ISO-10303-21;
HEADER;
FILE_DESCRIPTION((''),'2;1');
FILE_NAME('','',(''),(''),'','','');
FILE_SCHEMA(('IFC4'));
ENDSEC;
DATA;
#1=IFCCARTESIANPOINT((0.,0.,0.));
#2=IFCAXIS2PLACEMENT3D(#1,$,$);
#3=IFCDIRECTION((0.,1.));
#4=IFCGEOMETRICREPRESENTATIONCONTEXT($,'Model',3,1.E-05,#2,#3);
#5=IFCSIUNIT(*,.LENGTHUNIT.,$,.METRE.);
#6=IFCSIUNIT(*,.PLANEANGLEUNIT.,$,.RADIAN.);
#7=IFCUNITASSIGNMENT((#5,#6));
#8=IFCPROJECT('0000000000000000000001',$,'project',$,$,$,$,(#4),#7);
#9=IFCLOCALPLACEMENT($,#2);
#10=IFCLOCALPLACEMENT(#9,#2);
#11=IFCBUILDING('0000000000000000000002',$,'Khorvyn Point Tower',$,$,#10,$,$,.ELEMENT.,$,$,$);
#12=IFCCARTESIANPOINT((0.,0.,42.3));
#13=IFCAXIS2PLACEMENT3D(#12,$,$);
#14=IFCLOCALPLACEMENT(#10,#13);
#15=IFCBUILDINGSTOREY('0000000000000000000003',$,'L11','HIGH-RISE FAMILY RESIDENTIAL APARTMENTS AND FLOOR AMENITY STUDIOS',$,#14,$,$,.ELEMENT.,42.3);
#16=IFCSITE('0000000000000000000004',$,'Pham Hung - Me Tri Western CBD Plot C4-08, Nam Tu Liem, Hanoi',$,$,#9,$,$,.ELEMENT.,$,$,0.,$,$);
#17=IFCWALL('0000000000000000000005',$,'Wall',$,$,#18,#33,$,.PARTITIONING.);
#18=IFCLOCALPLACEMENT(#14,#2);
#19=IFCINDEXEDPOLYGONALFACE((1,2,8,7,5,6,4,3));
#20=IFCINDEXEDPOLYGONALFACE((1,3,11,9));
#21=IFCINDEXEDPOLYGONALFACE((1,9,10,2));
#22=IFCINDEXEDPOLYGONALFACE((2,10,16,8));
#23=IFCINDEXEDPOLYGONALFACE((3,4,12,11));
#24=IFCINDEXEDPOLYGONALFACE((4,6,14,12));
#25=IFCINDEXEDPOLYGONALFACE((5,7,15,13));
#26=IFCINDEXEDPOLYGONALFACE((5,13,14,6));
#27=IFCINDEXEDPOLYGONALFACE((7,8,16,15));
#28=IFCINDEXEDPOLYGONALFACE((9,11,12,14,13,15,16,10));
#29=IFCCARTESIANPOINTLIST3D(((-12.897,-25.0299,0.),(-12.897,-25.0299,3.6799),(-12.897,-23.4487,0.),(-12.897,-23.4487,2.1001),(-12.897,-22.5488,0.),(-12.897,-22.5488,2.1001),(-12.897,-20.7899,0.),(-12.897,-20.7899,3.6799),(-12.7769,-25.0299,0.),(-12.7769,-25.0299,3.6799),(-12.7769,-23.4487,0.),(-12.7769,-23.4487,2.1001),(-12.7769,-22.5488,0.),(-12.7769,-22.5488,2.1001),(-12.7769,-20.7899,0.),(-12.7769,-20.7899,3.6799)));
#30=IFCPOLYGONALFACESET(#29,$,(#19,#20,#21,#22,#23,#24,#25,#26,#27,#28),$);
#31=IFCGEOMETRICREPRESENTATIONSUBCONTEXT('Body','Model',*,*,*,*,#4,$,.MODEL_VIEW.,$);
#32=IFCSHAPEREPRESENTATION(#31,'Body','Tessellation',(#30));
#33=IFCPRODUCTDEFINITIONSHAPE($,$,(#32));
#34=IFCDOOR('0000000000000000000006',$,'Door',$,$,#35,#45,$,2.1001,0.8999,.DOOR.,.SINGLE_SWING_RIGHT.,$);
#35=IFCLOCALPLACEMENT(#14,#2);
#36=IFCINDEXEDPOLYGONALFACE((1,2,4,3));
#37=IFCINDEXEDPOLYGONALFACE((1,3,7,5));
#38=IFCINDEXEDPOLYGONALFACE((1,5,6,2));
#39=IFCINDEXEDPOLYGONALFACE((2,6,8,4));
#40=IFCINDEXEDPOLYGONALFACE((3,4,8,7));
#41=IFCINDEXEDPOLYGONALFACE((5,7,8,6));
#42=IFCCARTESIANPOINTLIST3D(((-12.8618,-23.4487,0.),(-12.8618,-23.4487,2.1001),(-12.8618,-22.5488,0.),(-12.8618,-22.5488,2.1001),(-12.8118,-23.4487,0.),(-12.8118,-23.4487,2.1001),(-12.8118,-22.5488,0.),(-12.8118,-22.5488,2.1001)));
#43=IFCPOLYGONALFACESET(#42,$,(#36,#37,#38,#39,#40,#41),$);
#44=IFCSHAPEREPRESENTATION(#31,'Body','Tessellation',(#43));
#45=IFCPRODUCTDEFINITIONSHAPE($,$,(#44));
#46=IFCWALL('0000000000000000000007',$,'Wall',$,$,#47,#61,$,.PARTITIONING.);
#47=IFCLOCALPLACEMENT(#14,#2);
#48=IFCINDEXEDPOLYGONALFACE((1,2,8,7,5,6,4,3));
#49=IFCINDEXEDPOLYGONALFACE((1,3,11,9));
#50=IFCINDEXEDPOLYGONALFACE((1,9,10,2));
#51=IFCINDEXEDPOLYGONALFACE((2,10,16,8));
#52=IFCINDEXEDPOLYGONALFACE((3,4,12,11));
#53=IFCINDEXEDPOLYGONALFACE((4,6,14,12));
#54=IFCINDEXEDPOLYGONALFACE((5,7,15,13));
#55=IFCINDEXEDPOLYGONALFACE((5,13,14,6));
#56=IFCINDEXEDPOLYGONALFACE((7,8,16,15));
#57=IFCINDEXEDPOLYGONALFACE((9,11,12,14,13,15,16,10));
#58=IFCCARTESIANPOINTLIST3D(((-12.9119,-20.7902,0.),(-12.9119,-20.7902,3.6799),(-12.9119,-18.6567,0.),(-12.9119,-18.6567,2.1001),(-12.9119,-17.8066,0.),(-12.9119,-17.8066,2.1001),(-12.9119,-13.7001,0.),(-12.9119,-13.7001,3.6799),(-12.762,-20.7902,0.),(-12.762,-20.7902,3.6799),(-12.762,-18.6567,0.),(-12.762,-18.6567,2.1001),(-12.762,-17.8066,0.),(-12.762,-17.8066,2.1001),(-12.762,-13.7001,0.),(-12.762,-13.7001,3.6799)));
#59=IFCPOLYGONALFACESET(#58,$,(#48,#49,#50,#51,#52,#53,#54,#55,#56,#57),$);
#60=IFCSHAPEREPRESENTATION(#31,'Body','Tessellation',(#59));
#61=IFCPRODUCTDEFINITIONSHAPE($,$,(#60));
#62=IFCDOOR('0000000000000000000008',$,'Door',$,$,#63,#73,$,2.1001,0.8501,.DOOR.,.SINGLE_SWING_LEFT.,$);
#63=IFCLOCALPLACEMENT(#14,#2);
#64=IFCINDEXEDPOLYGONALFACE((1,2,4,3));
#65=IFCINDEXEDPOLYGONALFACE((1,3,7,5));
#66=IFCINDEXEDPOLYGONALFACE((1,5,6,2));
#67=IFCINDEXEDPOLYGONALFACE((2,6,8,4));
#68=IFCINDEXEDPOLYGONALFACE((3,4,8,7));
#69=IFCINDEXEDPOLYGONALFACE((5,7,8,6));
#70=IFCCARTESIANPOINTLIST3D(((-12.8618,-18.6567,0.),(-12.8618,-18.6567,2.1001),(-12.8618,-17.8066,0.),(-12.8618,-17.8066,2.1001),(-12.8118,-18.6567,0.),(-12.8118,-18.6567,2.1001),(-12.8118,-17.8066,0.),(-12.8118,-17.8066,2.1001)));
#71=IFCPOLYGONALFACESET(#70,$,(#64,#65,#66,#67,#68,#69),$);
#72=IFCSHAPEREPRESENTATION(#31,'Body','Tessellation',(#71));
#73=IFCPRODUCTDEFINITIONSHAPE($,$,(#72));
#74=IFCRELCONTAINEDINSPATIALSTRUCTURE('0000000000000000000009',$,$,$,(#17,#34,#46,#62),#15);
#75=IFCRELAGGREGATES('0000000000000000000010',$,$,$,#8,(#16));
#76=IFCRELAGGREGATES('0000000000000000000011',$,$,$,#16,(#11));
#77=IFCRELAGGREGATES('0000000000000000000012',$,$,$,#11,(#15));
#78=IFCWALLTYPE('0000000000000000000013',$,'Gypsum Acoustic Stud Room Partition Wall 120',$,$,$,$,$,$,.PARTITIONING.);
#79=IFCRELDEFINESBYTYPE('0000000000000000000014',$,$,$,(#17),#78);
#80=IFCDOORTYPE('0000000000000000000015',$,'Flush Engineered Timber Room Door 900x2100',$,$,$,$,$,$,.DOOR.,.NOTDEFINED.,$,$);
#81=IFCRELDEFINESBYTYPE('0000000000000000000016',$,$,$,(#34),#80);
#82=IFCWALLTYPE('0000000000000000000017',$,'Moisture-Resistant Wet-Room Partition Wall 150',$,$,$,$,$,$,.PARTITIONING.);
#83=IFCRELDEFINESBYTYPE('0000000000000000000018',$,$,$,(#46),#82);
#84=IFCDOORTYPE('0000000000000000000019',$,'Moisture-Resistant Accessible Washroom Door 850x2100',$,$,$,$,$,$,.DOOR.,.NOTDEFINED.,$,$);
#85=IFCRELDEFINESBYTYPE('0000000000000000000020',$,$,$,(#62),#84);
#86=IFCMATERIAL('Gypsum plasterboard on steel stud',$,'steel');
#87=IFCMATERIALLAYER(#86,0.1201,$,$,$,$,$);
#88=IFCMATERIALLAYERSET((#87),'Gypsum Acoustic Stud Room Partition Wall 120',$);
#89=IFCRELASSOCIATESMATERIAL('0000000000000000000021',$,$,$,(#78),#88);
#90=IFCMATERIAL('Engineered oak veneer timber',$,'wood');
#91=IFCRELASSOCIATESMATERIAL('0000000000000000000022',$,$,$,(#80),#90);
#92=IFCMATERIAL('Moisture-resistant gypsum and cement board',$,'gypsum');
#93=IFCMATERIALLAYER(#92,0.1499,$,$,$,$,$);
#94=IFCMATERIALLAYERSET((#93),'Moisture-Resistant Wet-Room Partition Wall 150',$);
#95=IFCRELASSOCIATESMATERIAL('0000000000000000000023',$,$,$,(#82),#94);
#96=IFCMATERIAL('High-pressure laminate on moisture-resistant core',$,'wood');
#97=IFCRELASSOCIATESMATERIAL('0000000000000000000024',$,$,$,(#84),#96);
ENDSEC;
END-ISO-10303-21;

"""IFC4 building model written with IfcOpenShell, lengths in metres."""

from ifc_helpers import new_model, si_unit, direction, frame, frame_2d, origin, place, context, subcontext, project, spatial, rectangle, extrude, material, layer, layer_set, type_object, element, fill, save


model = new_model("IFC4")

# Units and contexts
model_context = context("Model", 3, precision=1e-05, world=origin(), true_north=direction((0.0, 1.0)))
body_context = subcontext(model_context, "Body", "Model", "MODEL_VIEW")
ifc_project = project(units=[si_unit("LENGTHUNIT", "METRE"), si_unit("PLANEANGLEUNIT", "RADIAN")], contexts=[model_context])

# Site, building, storey
site_placement = place(None, origin())
site = spatial("IfcSite", under=ifc_project, at=site_placement, Name="Pham Hung - Me Tri Western CBD Plot C4-08, Nam Tu Liem, Hanoi", CompositionType="ELEMENT", RefElevation=0.0)
building_placement = place(site_placement, origin())
building = spatial("IfcBuilding", under=site, at=building_placement, Name="Khorvyn Point Tower", CompositionType="ELEMENT")
storey_placement = place(building_placement, frame((0.0, 0.0, 42.3)))
storey = spatial("IfcBuildingStorey", under=building, at=storey_placement, Name="L11", Description="HIGH-RISE FAMILY RESIDENTIAL APARTMENTS AND FLOOR AMENITY STUDIOS", CompositionType="ELEMENT", Elevation=42.3)

# Walls, openings, doors
ifc_material_1 = material(Name="Gypsum plasterboard on steel stud", Category="steel")
ifc_layer_1 = layer(ifc_material_1, 0.1201)
ifc_layer_set_1 = layer_set([ifc_layer_1], Name="Gypsum Acoustic Stud Room Partition Wall 120")
wall_type_1 = type_object("IfcWallType", Name="Gypsum Acoustic Stud Room Partition Wall 120", PredefinedType="PARTITIONING", material=ifc_layer_set_1)
ifc_material_2 = material(Name="Engineered oak veneer timber", Category="wood")
door_type_1 = type_object("IfcDoorType", Name="Flush Engineered Timber Room Door 900x2100", OperationType="NOTDEFINED", PredefinedType="DOOR", material=ifc_material_2)
wall_1_placement = place(storey_placement, frame((-12.8369, -25.03, 0.0), z_axis=(0.0, 0.0, 1.0), x_axis=(0.0, 1.0, 0.0)))
wall_1 = element("IfcWall", 1, at=wall_1_placement, inside=storey, type_object=wall_type_1, Name="Wall", PredefinedType="PARTITIONING", context=body_context, shape_type="SweptSolid", body=[
    extrude(rectangle(XDim=4.24, YDim=0.1201, at=frame_2d((2.1201, 0.0))), origin(), (0.0, 0.0, 1.0), 3.6799),
])
opening_1_placement = place(wall_1_placement, frame((1.5813, 0.0, 0.0)))
opening_1 = element("IfcOpeningElement", 2, at=opening_1_placement, cuts=wall_1, PredefinedType="OPENING", context=body_context, shape_type="SweptSolid", body=[
    extrude(rectangle(XDim=0.8999, YDim=2.1001, at=frame_2d((0.45, 1.05))), frame((0.0, 0.0701, 0.0), z_axis=(0.0, -1.0, 0.0), x_axis=(1.0, 0.0, 0.0)), (0.0, 0.0, 1.0), 0.1401),
])
door_1_placement = place(opening_1_placement, origin())
door_1 = element("IfcDoor", 3, at=door_1_placement, inside=storey, type_object=door_type_1, Name="Door", OperationType="SINGLE_SWING_RIGHT", OverallHeight=2.1001, OverallWidth=0.8999, PredefinedType="DOOR", context=body_context, shape_type="SweptSolid", body=[
    extrude(rectangle(XDim=0.8999, YDim=2.1001, at=frame_2d((0.45, 1.05))), frame((0.0, 0.0249, 0.0), z_axis=(0.0, -1.0, 0.0), x_axis=(1.0, 0.0, 0.0)), (0.0, 0.0, 1.0), 0.05),
])
fill(opening_1, door_1)
ifc_material_3 = material(Name="Moisture-resistant gypsum and cement board", Category="gypsum")
ifc_layer_2 = layer(ifc_material_3, 0.1499)
ifc_layer_set_2 = layer_set([ifc_layer_2], Name="Moisture-Resistant Wet-Room Partition Wall 150")
wall_type_2 = type_object("IfcWallType", Name="Moisture-Resistant Wet-Room Partition Wall 150", PredefinedType="PARTITIONING", material=ifc_layer_set_2)
wall_2_placement = place(storey_placement, frame((-12.8369, -20.79, 0.0), z_axis=(0.0, 0.0, 1.0), x_axis=(0.0, 1.0, 0.0)))
wall_2 = element("IfcWall", 4, at=wall_2_placement, inside=storey, type_object=wall_type_2, Name="Wall", PredefinedType="PARTITIONING", context=body_context, shape_type="SweptSolid", body=[
    extrude(rectangle(XDim=7.0901, YDim=0.1499, at=frame_2d((3.5449, 0.0))), origin(), (0.0, 0.0, 1.0), 3.6799),
])
opening_2_placement = place(wall_2_placement, frame((2.1333, 0.0, 0.0)))
opening_2 = element("IfcOpeningElement", 5, at=opening_2_placement, cuts=wall_2, PredefinedType="OPENING", context=body_context, shape_type="SweptSolid", body=[
    extrude(rectangle(XDim=0.8501, YDim=2.1001, at=frame_2d((0.425, 1.05))), frame((0.0, 0.085, 0.0), z_axis=(0.0, -1.0, 0.0), x_axis=(1.0, 0.0, 0.0)), (0.0, 0.0, 1.0), 0.1699),
])
ifc_material_4 = material(Name="High-pressure laminate on moisture-resistant core", Category="wood")
door_type_2 = type_object("IfcDoorType", Name="Moisture-Resistant Accessible Washroom Door 850x2100", OperationType="NOTDEFINED", PredefinedType="DOOR", material=ifc_material_4)
door_2_placement = place(opening_2_placement, origin())
door_2 = element("IfcDoor", 6, at=door_2_placement, inside=storey, type_object=door_type_2, Name="Door", OperationType="SINGLE_SWING_LEFT", OverallHeight=2.1001, OverallWidth=0.8501, PredefinedType="DOOR", context=body_context, shape_type="SweptSolid", body=[
    extrude(rectangle(XDim=0.8501, YDim=2.1001, at=frame_2d((0.425, 1.05))), frame((0.0, 0.0249, 0.0), z_axis=(0.0, -1.0, 0.0), x_axis=(1.0, 0.0, 0.0)), (0.0, 0.0, 1.0), 0.05),
])
fill(opening_2, door_2)

save(model, "model.ifc")
